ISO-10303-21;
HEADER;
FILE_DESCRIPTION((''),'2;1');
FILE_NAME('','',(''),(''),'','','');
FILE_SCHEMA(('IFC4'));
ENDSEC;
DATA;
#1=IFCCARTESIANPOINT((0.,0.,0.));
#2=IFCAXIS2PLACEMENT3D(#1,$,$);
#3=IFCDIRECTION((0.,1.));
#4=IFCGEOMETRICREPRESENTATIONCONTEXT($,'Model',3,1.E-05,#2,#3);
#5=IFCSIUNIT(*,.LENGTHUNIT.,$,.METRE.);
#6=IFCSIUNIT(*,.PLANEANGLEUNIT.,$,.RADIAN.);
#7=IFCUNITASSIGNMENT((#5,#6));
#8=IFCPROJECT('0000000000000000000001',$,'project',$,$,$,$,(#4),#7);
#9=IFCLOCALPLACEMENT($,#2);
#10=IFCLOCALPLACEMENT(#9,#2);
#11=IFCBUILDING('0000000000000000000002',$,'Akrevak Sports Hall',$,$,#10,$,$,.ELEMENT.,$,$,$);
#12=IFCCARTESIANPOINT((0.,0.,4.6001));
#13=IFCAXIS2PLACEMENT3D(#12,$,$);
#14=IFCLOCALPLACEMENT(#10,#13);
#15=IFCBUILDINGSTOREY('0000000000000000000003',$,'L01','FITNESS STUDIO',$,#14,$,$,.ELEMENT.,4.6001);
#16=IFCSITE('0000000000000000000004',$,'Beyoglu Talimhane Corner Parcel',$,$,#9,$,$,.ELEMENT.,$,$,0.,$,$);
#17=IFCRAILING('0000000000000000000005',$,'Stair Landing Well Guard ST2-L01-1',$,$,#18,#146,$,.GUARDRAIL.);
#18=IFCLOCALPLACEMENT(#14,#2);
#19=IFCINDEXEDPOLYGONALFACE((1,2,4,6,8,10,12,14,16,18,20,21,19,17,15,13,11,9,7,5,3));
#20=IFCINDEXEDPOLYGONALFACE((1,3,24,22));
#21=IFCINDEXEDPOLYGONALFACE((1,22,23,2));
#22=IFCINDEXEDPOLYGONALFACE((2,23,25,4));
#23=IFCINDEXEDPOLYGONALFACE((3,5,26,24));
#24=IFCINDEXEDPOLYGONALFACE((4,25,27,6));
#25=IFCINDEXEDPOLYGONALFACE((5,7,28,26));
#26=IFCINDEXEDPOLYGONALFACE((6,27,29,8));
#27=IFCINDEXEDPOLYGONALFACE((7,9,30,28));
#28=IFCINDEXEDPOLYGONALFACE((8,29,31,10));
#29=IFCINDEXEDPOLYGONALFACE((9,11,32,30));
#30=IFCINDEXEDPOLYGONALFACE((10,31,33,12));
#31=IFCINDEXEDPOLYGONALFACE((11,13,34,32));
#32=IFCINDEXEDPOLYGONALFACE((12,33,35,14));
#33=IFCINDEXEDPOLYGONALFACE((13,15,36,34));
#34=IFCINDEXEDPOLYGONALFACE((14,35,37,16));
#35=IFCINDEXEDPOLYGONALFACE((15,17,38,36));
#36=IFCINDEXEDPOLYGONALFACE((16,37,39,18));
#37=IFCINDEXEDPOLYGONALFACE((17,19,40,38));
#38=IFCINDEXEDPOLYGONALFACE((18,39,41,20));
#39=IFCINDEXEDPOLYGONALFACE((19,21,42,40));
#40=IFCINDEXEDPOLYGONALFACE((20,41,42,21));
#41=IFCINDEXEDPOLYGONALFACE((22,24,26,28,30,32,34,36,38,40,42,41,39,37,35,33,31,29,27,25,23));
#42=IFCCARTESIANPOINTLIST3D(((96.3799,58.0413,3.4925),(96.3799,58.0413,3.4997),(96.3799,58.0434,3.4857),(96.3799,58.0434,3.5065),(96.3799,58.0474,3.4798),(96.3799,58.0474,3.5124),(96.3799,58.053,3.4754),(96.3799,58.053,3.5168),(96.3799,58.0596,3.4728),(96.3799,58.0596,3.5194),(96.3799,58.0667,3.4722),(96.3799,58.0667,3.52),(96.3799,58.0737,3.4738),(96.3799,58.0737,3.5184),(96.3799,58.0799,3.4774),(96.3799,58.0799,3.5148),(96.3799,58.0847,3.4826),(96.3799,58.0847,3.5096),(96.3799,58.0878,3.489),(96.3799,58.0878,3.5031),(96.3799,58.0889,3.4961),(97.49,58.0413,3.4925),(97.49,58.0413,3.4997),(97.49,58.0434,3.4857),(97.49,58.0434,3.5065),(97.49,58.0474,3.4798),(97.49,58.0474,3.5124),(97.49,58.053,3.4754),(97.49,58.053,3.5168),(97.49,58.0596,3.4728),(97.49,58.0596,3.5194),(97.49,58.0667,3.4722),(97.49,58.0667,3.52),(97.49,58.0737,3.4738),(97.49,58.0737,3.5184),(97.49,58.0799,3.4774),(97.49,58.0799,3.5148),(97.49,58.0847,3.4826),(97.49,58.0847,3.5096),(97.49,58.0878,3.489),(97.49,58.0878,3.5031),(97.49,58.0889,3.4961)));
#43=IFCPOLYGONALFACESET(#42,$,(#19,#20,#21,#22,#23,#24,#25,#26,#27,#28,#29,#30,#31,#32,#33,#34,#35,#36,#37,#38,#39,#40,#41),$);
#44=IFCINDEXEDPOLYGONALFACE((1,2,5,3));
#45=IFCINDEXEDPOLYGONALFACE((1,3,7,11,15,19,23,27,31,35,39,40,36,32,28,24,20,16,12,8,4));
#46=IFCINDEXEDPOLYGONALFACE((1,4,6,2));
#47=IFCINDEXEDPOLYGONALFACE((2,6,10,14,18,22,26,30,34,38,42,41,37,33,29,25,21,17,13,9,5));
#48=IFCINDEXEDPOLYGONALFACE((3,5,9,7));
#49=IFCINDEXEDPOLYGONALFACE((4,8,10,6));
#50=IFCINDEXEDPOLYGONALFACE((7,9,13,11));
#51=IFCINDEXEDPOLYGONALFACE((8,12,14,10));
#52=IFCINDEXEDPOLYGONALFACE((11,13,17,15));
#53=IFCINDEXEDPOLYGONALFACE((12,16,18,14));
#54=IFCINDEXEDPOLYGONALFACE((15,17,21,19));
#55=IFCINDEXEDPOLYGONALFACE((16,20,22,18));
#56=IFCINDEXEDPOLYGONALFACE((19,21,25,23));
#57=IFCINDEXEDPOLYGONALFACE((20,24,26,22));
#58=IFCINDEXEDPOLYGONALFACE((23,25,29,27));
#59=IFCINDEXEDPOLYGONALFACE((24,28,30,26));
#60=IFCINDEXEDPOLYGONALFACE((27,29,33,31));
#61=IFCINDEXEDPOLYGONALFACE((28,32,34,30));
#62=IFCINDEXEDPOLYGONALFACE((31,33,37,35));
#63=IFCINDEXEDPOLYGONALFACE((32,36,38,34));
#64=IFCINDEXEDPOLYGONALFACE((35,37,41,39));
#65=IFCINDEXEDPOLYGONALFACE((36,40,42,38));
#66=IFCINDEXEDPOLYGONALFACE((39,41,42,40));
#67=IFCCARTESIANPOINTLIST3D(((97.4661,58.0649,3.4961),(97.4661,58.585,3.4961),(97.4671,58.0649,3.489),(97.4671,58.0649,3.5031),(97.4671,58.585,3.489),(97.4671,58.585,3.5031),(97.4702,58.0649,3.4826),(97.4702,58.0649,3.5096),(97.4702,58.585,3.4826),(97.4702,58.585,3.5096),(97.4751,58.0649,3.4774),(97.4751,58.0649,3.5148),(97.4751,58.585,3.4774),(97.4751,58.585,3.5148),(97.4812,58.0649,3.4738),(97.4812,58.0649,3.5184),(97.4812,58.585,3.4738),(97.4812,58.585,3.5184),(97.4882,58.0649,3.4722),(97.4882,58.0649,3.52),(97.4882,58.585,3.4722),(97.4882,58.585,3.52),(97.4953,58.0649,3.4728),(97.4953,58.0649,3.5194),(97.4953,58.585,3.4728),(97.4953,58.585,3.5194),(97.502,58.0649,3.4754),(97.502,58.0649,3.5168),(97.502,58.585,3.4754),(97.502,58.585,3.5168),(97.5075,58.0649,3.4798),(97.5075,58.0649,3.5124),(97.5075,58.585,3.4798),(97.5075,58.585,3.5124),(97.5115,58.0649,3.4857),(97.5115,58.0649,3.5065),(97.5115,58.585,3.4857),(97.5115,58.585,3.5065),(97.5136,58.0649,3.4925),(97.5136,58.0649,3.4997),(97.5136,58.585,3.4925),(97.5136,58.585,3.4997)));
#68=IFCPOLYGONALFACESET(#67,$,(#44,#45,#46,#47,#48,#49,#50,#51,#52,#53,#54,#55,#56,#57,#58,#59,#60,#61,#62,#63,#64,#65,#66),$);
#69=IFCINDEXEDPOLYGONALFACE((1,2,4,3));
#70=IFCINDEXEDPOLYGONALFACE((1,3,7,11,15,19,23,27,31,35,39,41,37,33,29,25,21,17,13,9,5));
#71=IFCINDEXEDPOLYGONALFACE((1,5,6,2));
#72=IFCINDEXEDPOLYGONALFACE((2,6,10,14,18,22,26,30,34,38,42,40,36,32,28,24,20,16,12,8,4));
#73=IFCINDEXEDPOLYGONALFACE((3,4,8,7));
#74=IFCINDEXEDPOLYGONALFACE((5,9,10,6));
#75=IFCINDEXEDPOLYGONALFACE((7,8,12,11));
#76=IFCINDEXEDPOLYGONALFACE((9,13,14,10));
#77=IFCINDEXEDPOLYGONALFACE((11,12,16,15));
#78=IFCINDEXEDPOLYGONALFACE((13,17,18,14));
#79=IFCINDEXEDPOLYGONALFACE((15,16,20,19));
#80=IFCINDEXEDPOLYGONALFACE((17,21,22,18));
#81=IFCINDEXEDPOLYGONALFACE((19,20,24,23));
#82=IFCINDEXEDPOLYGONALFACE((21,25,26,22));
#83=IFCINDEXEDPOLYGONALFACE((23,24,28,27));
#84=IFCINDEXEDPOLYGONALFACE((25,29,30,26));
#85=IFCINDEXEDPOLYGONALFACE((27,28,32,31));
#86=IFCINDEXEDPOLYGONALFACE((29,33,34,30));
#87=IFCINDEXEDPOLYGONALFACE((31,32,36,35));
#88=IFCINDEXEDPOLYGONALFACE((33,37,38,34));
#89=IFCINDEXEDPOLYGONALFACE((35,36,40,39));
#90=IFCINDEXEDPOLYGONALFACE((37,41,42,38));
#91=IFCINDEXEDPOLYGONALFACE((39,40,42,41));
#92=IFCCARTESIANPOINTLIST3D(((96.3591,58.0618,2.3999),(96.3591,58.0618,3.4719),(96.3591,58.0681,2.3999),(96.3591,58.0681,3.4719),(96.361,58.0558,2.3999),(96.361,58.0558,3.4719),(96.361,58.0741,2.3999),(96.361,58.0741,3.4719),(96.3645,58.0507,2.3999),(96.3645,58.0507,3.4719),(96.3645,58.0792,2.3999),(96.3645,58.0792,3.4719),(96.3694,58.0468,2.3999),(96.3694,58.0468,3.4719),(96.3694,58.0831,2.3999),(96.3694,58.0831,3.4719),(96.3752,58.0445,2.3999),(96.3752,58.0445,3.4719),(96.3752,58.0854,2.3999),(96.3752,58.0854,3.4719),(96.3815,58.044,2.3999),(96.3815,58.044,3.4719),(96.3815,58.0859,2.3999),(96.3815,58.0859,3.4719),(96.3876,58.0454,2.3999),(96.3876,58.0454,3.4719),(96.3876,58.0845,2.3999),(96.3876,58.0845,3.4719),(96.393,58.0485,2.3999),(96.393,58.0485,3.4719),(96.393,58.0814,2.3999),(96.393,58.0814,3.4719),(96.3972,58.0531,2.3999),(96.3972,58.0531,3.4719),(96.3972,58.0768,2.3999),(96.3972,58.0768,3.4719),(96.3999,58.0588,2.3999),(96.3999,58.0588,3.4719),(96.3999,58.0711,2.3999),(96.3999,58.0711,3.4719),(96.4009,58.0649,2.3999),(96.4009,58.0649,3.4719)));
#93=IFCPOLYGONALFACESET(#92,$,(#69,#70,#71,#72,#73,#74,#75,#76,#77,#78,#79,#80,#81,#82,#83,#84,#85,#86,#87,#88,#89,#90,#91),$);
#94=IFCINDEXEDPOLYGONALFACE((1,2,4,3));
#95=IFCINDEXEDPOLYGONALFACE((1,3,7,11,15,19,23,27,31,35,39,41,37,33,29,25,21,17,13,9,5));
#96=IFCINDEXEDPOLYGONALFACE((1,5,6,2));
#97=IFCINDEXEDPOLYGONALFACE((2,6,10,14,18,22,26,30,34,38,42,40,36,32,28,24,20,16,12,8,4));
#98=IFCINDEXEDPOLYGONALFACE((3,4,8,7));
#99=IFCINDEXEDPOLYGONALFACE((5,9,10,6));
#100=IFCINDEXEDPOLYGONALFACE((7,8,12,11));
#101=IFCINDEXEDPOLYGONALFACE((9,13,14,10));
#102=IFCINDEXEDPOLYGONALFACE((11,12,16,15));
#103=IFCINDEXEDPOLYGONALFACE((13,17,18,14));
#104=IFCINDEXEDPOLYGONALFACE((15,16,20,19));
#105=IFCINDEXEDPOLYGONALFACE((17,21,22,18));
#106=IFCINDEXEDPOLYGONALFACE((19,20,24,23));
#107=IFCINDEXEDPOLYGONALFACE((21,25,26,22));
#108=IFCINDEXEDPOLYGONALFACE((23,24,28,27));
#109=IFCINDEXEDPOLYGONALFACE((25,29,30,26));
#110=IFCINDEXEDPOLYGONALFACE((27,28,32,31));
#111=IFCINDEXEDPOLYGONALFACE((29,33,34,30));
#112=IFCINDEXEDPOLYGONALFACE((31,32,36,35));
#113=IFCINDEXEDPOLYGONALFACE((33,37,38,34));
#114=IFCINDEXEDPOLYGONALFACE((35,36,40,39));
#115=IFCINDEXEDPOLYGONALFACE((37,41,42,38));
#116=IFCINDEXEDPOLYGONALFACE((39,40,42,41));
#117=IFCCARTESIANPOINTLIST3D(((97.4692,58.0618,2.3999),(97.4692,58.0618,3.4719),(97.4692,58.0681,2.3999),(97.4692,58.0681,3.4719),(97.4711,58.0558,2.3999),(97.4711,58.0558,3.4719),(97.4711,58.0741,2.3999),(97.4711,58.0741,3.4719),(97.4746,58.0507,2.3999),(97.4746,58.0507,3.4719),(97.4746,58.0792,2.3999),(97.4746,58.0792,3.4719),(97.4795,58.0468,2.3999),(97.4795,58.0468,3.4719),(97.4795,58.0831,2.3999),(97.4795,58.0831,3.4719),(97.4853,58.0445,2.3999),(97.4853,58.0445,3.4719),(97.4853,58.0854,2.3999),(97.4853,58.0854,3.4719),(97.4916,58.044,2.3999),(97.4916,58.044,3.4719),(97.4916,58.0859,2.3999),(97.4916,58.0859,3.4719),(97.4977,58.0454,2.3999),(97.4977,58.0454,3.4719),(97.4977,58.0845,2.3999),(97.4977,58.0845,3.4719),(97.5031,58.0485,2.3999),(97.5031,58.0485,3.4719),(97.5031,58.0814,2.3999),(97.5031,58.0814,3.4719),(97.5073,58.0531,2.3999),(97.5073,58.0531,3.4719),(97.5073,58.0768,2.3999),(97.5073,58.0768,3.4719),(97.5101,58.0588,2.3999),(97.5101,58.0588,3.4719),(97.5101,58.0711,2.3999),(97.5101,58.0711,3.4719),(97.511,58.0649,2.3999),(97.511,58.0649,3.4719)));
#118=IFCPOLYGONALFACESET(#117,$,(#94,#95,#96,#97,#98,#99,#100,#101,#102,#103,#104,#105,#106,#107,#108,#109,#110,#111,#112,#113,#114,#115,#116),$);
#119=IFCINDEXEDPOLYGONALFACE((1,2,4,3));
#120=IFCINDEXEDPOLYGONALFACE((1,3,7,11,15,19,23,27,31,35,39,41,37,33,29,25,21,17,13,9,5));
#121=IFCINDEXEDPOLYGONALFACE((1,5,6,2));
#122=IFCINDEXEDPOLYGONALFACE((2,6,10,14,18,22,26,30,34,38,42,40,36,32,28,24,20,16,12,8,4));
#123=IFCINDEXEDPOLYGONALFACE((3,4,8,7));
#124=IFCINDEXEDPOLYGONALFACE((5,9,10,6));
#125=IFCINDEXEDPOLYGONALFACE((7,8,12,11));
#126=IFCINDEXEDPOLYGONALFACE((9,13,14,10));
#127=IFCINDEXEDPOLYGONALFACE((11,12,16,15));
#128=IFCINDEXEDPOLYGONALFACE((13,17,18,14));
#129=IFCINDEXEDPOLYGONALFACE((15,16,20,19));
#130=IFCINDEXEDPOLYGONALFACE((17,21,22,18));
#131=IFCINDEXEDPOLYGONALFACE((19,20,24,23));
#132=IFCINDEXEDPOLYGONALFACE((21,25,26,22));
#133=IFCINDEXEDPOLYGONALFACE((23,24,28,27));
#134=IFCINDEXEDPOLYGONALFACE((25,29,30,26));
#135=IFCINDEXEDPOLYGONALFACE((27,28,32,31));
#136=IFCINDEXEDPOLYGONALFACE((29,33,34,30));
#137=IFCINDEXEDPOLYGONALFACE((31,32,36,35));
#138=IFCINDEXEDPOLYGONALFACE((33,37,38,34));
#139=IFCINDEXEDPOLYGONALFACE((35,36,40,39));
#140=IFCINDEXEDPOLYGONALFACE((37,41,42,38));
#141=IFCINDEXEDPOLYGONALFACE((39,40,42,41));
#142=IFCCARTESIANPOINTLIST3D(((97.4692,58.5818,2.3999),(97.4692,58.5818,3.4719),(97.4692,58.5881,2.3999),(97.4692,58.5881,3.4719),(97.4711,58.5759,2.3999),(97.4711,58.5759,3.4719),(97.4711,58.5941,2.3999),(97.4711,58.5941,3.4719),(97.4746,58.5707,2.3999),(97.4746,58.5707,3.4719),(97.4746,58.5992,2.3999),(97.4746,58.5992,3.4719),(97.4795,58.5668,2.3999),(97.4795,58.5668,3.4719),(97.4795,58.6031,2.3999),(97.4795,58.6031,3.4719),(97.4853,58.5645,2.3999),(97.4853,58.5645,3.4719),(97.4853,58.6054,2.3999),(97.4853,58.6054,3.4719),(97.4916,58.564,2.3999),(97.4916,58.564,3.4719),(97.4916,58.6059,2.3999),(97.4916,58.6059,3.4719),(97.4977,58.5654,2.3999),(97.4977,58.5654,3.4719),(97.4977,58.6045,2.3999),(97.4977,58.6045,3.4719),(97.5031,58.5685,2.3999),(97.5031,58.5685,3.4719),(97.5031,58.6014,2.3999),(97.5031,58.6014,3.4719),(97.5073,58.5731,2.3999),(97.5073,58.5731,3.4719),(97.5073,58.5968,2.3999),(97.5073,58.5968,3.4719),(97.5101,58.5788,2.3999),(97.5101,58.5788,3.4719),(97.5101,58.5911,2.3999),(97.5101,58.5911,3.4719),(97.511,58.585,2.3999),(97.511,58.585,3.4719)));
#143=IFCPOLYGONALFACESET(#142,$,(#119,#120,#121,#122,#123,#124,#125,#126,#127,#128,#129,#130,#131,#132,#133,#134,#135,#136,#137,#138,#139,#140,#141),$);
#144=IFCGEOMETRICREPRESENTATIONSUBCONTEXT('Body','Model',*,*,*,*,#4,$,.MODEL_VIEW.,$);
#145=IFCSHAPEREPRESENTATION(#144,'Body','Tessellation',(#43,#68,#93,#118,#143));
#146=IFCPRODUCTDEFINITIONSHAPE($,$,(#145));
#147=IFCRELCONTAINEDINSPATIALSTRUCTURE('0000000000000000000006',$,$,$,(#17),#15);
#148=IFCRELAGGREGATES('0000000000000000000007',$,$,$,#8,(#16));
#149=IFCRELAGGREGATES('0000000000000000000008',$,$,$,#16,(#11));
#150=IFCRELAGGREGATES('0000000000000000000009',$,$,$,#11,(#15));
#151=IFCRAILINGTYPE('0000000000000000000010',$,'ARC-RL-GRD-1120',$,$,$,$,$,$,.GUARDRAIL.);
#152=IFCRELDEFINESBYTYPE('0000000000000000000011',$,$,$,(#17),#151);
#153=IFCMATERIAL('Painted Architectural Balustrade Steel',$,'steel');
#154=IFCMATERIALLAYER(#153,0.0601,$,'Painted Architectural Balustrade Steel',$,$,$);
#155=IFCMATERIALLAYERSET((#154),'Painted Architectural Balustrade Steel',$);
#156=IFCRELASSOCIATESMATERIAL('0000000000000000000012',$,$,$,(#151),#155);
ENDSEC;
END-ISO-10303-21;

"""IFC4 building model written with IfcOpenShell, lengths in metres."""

from ifc_helpers import new_model, si_unit, direction, frame, origin, origin_2d, place, context, subcontext, project, spatial, circle, extrude, material, layer, layer_set, type_object, element, save


model = new_model("IFC4")

# Units and contexts
model_context = context("Model", 3, precision=1e-05, world=origin(), true_north=direction((0.0, 1.0)))
body_context = subcontext(model_context, "Body", "Model", "MODEL_VIEW")
ifc_project = project(units=[si_unit("LENGTHUNIT", "METRE"), si_unit("PLANEANGLEUNIT", "RADIAN")], contexts=[model_context])

# Site, building, storey
site_placement = place(None, origin())
site = spatial("IfcSite", under=ifc_project, at=site_placement, Name="Beyoglu Talimhane Corner Parcel", CompositionType="ELEMENT", RefElevation=0.0)
building_placement = place(site_placement, origin())
building = spatial("IfcBuilding", under=site, at=building_placement, Name="Akrevak Sports Hall", CompositionType="ELEMENT")
storey_placement = place(building_placement, frame((0.0, 0.0, 4.6001)))
storey = spatial("IfcBuildingStorey", under=building, at=storey_placement, Name="L01", Description="FITNESS STUDIO", CompositionType="ELEMENT", Elevation=4.6001)

# Railing
ifc_material_1 = material(Name="Painted Architectural Balustrade Steel", Category="steel")
ifc_layer_1 = layer(ifc_material_1, 0.0601, Name="Painted Architectural Balustrade Steel")
ifc_layer_set_1 = layer_set([ifc_layer_1], Name="Painted Architectural Balustrade Steel")
railing_type_1 = type_object("IfcRailingType", Name="ARC-RL-GRD-1120", PredefinedType="GUARDRAIL", material=ifc_layer_set_1)
railing_1_placement = place(storey_placement, frame((96.3799, 58.0649, 2.3999)))
element("IfcRailing", 1, at=railing_1_placement, inside=storey, type_object=railing_type_1, Name="Stair Landing Well Guard ST2-L01-1", PredefinedType="GUARDRAIL", context=body_context, shape_type="SweptSolid", body=[
    extrude(circle(Radius=0.0239, at=origin_2d()), frame((0.0, 0.0, 1.0962), z_axis=(1.0, 0.0, 0.0), x_axis=(0.0, 1.0, 0.0)), (0.0, 0.0, 1.0), 1.1101),
    extrude(circle(Radius=0.0239, at=origin_2d()), frame((1.1101, 0.0, 1.0962), z_axis=(0.0, 1.0, 0.0), x_axis=(-1.0, 0.0, 0.0)), (0.0, 0.0, 1.0), 0.52),
    extrude(circle(Radius=0.021, at=origin_2d()), origin(), (0.0, 0.0, 1.0), 1.072),
    extrude(circle(Radius=0.021, at=origin_2d()), frame((1.1101, 0.0, 0.0)), (0.0, 0.0, 1.0), 1.072),
    extrude(circle(Radius=0.021, at=origin_2d()), frame((1.1101, 0.52, 0.0)), (0.0, 0.0, 1.0), 1.072),
])

save(model, "model.ifc")
